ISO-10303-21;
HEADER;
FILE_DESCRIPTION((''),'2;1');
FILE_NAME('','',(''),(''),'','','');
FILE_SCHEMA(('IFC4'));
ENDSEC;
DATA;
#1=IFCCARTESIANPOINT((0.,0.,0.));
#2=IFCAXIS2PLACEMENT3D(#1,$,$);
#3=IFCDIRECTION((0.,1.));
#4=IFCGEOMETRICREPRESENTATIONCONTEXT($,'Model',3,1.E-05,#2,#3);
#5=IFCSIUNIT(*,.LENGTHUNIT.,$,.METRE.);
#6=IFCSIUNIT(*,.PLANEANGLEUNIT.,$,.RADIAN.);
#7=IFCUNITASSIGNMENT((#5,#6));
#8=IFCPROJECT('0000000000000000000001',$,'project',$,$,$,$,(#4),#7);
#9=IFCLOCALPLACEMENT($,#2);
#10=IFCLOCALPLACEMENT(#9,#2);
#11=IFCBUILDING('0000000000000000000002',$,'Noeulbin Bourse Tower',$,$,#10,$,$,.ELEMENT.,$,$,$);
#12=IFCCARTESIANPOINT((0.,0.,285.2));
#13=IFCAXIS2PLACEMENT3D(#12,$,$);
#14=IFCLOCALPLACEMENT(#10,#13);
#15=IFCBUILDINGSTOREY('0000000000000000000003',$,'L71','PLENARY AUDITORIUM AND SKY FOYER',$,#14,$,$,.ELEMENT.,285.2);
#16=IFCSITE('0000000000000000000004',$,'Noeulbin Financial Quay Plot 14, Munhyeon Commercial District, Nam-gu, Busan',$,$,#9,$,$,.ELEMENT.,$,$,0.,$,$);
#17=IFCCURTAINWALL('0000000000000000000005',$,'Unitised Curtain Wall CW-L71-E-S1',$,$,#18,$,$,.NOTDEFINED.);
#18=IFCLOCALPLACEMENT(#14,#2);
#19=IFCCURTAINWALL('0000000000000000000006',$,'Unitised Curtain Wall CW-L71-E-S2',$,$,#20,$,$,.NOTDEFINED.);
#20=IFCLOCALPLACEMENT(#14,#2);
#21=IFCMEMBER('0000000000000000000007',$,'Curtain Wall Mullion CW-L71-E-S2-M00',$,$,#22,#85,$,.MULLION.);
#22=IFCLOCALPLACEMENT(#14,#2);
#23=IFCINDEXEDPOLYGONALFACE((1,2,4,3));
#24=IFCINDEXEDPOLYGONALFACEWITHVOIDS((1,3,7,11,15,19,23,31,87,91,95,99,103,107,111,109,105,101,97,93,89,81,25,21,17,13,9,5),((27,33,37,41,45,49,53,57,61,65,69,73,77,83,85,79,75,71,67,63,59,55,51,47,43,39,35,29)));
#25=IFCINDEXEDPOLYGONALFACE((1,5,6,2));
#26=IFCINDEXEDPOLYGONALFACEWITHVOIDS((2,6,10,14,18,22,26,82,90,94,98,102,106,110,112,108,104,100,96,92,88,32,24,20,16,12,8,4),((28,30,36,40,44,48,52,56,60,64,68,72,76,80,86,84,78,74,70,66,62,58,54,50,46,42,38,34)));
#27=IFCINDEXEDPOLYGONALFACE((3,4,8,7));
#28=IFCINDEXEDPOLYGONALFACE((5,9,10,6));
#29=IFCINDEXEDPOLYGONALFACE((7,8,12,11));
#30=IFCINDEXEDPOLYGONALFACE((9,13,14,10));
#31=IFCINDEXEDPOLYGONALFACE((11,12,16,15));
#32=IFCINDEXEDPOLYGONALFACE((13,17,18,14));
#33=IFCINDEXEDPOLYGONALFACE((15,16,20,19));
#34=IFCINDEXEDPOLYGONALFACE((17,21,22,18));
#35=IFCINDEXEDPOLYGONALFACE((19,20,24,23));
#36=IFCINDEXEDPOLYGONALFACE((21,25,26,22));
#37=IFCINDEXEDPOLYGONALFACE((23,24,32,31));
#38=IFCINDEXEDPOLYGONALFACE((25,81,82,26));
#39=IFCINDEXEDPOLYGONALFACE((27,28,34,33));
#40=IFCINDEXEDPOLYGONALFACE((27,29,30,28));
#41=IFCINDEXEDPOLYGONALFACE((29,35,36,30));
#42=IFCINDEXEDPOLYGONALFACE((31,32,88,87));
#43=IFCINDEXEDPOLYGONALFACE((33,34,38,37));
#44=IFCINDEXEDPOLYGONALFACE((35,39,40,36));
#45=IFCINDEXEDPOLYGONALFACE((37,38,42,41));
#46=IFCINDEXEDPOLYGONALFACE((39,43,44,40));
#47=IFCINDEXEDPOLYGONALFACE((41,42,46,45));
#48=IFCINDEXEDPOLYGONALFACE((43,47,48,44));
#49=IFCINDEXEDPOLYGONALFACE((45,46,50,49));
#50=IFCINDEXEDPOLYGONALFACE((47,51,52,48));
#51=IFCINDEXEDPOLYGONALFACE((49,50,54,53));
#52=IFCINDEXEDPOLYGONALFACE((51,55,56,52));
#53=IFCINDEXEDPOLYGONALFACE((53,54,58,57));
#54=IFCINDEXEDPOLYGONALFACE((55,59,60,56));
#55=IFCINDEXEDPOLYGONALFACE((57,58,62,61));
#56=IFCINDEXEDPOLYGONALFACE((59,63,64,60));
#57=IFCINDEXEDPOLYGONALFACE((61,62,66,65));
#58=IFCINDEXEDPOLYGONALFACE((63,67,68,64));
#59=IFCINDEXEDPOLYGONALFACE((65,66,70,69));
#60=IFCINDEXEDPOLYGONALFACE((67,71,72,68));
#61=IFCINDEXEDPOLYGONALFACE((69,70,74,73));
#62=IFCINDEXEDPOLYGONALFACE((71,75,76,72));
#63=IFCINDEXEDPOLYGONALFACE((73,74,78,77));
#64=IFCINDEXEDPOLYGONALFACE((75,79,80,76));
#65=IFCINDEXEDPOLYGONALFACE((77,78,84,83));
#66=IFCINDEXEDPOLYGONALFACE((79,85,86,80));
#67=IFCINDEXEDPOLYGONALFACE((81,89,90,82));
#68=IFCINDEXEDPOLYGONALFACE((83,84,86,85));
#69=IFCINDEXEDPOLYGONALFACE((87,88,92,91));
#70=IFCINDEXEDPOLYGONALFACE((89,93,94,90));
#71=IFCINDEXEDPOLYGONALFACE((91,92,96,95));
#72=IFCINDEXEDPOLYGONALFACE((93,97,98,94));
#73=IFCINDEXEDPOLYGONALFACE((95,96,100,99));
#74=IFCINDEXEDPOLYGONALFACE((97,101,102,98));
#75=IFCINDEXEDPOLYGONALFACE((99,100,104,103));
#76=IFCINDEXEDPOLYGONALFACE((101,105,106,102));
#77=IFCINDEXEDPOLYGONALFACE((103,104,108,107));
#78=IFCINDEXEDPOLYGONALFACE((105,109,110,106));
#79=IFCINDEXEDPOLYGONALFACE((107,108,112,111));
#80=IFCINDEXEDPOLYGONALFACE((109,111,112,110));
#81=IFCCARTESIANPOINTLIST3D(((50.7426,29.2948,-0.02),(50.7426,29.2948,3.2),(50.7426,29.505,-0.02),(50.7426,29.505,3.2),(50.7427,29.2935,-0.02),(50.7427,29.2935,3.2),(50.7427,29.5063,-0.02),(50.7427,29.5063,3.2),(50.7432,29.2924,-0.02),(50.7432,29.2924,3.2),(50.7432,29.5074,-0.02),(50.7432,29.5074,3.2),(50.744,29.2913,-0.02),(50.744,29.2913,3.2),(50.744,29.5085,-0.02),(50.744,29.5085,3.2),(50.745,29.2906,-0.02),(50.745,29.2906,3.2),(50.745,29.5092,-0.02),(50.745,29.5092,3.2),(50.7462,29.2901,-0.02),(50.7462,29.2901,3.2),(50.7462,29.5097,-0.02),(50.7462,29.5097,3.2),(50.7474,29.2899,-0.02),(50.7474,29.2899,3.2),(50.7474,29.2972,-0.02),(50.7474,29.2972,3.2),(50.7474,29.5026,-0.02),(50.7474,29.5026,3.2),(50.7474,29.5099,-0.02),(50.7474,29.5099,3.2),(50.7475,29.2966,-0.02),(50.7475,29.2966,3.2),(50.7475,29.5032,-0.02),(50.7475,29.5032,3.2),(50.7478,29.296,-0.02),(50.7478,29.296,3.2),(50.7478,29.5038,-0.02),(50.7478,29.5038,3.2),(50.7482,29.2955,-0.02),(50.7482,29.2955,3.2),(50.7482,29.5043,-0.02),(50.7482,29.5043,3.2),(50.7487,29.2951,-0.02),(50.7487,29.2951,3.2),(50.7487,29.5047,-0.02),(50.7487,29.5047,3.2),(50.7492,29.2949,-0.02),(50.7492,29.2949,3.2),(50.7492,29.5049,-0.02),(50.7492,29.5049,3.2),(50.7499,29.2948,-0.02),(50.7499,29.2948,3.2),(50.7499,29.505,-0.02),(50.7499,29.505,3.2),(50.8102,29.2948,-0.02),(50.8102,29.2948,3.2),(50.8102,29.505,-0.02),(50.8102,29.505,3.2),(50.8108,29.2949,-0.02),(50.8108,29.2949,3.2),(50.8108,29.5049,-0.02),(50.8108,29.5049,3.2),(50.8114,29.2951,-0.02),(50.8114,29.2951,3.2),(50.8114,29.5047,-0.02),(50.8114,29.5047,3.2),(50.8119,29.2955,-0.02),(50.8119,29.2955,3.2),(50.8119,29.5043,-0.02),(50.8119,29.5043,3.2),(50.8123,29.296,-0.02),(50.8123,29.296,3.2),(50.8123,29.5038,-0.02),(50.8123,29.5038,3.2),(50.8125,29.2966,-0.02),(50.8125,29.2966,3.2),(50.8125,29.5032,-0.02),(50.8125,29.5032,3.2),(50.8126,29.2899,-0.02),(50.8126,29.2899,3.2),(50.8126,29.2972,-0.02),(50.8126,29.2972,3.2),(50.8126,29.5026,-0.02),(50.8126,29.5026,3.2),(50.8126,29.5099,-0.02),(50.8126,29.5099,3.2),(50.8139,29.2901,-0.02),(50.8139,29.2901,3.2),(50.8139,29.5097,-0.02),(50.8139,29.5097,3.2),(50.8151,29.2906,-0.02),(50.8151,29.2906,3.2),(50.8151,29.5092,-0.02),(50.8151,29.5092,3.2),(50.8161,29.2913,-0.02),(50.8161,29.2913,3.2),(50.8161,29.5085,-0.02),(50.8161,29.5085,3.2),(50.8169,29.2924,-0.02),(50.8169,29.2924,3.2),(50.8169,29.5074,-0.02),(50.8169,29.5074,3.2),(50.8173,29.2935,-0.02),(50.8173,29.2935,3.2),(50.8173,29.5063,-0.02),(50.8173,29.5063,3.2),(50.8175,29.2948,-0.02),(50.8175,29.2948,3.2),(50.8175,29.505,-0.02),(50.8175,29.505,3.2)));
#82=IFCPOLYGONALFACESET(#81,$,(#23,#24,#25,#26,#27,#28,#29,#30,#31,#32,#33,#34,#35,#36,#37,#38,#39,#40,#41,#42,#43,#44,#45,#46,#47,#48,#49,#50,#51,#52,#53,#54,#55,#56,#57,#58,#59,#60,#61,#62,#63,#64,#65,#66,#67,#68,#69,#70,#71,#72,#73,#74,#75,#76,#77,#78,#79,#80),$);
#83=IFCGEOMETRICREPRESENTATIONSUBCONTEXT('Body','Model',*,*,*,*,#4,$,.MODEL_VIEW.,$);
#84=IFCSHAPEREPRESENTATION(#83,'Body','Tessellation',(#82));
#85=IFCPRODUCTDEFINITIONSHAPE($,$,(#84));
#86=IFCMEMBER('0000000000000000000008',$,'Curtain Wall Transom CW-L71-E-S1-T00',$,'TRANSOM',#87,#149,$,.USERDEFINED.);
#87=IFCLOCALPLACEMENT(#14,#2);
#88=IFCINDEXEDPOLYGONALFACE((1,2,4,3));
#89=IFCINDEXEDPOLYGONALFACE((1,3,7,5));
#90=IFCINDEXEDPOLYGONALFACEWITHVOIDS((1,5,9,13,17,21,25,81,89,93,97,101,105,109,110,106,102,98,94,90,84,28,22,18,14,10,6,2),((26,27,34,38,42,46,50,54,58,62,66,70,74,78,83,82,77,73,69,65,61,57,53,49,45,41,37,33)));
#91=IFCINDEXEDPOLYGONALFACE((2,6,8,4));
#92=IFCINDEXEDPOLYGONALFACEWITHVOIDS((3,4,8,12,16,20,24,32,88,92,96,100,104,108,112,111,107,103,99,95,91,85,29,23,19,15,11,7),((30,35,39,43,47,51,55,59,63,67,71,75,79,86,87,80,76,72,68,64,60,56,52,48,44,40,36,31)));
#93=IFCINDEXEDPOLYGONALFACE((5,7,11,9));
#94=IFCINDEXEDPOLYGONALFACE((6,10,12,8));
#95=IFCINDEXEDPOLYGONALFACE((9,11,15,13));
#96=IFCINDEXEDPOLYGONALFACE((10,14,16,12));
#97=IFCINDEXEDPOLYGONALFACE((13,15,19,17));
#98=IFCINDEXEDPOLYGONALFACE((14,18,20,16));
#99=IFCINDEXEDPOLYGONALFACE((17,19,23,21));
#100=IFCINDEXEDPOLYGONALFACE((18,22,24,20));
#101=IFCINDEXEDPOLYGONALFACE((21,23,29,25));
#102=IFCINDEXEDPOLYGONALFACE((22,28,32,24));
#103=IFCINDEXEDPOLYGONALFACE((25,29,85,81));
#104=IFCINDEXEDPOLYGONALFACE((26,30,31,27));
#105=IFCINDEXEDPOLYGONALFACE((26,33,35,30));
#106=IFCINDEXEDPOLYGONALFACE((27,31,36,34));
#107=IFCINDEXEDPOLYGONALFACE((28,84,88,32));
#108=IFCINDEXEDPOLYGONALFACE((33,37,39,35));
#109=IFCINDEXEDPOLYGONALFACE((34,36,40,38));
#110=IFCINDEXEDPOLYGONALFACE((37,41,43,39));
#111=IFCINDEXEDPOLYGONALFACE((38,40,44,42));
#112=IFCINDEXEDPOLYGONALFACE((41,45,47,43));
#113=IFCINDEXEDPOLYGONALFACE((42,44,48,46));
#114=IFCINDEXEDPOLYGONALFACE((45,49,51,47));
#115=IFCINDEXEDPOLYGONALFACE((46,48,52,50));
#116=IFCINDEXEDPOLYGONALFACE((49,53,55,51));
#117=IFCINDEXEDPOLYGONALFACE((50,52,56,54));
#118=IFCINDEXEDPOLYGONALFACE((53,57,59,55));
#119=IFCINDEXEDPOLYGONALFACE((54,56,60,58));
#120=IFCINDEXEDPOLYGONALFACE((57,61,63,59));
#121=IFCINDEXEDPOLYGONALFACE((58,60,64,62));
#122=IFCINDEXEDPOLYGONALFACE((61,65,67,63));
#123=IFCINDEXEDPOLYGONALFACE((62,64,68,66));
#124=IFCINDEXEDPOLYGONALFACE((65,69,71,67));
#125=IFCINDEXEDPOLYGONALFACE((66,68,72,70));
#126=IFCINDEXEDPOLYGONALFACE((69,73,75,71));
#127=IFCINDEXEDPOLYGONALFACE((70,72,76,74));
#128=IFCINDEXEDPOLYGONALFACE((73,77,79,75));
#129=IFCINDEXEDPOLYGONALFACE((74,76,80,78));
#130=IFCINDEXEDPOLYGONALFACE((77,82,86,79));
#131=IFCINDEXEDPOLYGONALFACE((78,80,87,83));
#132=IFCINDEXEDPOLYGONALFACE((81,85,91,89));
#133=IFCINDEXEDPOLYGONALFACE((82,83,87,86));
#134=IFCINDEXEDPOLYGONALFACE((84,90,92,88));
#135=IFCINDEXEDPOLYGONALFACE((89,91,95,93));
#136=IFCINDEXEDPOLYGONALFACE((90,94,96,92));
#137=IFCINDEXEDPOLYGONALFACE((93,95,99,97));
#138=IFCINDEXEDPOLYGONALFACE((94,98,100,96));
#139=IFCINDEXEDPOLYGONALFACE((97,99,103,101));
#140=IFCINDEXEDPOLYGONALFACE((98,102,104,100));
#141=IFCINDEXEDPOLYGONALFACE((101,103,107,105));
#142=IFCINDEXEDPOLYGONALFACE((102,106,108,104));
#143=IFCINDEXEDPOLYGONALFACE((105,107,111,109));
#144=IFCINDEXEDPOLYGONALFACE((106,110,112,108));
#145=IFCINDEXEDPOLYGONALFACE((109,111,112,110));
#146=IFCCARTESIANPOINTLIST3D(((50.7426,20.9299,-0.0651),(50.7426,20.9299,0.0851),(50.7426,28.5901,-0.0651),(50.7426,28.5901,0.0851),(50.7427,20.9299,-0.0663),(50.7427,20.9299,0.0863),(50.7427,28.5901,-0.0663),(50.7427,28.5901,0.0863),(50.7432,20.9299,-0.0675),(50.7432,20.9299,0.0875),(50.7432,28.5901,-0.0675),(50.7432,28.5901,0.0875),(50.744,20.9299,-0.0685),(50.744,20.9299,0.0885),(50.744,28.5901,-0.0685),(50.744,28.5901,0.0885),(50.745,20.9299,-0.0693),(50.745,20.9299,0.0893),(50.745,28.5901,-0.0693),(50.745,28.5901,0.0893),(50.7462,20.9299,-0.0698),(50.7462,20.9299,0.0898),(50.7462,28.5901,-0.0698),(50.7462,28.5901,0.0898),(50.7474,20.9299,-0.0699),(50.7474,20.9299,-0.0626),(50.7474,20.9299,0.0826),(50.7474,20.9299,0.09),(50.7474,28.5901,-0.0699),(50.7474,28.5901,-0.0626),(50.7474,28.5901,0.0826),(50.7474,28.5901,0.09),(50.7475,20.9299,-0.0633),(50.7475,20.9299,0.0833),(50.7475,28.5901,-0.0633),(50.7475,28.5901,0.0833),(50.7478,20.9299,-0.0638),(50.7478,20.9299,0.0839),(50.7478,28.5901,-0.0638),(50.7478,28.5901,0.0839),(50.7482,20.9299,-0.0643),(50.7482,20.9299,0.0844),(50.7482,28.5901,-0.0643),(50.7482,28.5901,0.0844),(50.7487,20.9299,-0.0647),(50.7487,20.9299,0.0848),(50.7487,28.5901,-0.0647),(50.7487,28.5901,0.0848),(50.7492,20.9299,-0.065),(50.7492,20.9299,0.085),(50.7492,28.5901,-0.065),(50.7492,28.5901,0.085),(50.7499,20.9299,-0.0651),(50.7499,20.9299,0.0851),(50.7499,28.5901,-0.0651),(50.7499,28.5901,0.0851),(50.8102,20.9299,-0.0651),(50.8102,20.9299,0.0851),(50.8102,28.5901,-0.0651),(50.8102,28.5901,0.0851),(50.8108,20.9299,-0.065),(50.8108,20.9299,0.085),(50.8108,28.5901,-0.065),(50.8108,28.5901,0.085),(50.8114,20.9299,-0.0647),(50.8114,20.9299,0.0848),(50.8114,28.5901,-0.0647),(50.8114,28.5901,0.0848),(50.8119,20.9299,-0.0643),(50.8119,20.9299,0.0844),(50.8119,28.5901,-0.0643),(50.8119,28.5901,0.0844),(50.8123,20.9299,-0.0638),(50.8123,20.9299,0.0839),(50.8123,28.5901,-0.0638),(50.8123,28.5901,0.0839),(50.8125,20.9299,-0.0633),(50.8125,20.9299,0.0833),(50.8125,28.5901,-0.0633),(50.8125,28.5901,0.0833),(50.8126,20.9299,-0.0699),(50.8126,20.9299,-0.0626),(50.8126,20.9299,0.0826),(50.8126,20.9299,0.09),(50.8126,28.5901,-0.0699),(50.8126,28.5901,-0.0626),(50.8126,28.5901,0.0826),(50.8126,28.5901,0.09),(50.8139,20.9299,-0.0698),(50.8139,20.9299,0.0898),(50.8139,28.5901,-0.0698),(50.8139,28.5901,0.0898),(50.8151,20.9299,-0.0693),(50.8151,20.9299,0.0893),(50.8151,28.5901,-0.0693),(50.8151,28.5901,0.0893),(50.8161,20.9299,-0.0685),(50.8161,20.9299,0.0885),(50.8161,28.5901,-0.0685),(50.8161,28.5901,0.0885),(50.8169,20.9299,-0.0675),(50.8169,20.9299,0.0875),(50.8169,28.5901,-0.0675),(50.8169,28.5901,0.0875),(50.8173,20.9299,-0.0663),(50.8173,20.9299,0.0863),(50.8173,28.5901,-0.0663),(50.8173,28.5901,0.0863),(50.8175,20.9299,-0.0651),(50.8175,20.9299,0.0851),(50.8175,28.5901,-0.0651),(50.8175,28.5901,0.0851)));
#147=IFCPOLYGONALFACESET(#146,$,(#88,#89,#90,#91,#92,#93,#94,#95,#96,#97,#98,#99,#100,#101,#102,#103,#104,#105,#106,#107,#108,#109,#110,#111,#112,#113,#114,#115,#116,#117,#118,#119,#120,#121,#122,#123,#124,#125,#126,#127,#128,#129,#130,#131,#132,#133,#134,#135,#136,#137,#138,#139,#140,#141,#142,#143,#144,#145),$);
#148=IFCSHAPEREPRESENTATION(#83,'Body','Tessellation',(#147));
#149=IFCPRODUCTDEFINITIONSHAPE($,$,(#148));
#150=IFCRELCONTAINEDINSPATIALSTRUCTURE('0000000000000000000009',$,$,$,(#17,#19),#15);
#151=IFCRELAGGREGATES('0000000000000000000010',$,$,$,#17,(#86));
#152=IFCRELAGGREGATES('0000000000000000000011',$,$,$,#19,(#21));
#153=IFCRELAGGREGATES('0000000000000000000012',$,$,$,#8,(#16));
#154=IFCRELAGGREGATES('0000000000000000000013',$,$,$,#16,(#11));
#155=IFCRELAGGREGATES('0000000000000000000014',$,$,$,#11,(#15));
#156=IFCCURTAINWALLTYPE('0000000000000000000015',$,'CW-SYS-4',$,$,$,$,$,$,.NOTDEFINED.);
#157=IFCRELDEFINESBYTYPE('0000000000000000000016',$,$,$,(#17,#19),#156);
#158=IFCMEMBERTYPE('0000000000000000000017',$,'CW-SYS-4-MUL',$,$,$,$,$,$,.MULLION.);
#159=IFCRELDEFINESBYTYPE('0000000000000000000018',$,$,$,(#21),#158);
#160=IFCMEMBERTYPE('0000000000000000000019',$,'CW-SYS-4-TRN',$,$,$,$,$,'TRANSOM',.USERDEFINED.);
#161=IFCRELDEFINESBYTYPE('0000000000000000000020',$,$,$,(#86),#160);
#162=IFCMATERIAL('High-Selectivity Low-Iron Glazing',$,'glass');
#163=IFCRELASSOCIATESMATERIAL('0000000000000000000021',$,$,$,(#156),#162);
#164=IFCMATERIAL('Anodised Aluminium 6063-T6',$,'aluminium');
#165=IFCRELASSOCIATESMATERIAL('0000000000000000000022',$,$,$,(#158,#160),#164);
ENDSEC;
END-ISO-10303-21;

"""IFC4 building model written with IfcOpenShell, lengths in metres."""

from ifc_helpers import new_model, si_unit, direction, frame, origin, origin_2d, place, context, subcontext, project, spatial, hollow_rectangle, extrude, material, material_profile, profile_set, type_object, element, aggregate, save


model = new_model("IFC4")

# Units and contexts
model_context = context("Model", 3, precision=1e-05, world=origin(), true_north=direction((0.0, 1.0)))
body_context = subcontext(model_context, "Body", "Model", "MODEL_VIEW")
ifc_project = project(units=[si_unit("LENGTHUNIT", "METRE"), si_unit("PLANEANGLEUNIT", "RADIAN")], contexts=[model_context])

# Site, building, storey
site_placement = place(None, origin())
site = spatial("IfcSite", under=ifc_project, at=site_placement, Name="Noeulbin Financial Quay Plot 14, Munhyeon Commercial District, Nam-gu, Busan", CompositionType="ELEMENT", RefElevation=0.0)
building_placement = place(site_placement, origin())
building = spatial("IfcBuilding", under=site, at=building_placement, Name="Noeulbin Bourse Tower", CompositionType="ELEMENT")
storey_placement = place(building_placement, frame((0.0, 0.0, 285.2)))
storey = spatial("IfcBuildingStorey", under=building, at=storey_placement, Name="L71", Description="PLENARY AUDITORIUM AND SKY FOYER", CompositionType="ELEMENT", Elevation=285.2)

# Curtain wall
ifc_material_1 = material(Name="High-Selectivity Low-Iron Glazing", Category="glass")
curtain_wall_type = type_object("IfcCurtainWallType", Name="CW-SYS-4", PredefinedType="NOTDEFINED", material=ifc_material_1)
ifc_material_2 = material(Name="Anodised Aluminium 6063-T6", Category="aluminium")
ifc_material_profile_1 = material_profile(ifc_material_2, hollow_rectangle(XDim=0.075, YDim=0.22, WallThickness=0.0049, InnerFilletRadius=0.0024, OuterFilletRadius=0.0049, at=origin_2d()), Name="ALU-MULL-75x220x5", Category="LoadBearing")
ifc_profile_set_1 = profile_set([ifc_material_profile_1], Name="Anodised Aluminium 6063-T6")
member_type_1 = type_object("IfcMemberType", Name="CW-SYS-4-MUL", PredefinedType="MULLION", material=ifc_profile_set_1)
curtain_wall_1_placement = place(storey_placement, origin())
curtain_wall_1 = element("IfcCurtainWall", 1, at=curtain_wall_1_placement, inside=storey, type_object=curtain_wall_type, Name="Unitised Curtain Wall CW-L71-E-S1", PredefinedType="NOTDEFINED")

# Curtain wall, member
curtain_wall_2_placement = place(storey_placement, origin())
curtain_wall_2 = element("IfcCurtainWall", 2, at=curtain_wall_2_placement, inside=storey, type_object=curtain_wall_type, Name="Unitised Curtain Wall CW-L71-E-S2", PredefinedType="NOTDEFINED")
member_1_placement = place(storey_placement, frame((50.78, 29.3999, -0.02), z_axis=(0.0, 0.0, 1.0), x_axis=(1.0, 0.0, 0.0)))
member_1 = element("IfcMember", 3, at=member_1_placement, type_object=member_type_1, Name="Curtain Wall Mullion CW-L71-E-S2-M00", PredefinedType="MULLION", context=body_context, shape_type="SweptSolid", body=[
    extrude(hollow_rectangle(XDim=0.075, YDim=0.22, WallThickness=0.0049, InnerFilletRadius=0.0024, OuterFilletRadius=0.0049, at=origin_2d()), origin(), (0.0, 0.0, 1.0), 3.22),
])

# Member
ifc_material_profile_2 = material_profile(ifc_material_2, hollow_rectangle(XDim=0.075, YDim=0.1599, WallThickness=0.0049, InnerFilletRadius=0.0024, OuterFilletRadius=0.0049, at=origin_2d()), Name="ALU-TRAN-75x160x5", Category="LoadBearing")
ifc_profile_set_2 = profile_set([ifc_material_profile_2], Name="Anodised Aluminium 6063-T6")
member_type_2 = type_object("IfcMemberType", Name="CW-SYS-4-TRN", ElementType="TRANSOM", PredefinedType="USERDEFINED", material=ifc_profile_set_2)
member_2_placement = place(storey_placement, frame((50.78, 20.9299, 0.01), z_axis=(0.0, 1.0, 0.0), x_axis=(-1.0, 0.0, 0.0)))
member_2 = element("IfcMember", 4, at=member_2_placement, type_object=member_type_2, Name="Curtain Wall Transom CW-L71-E-S1-T00", ObjectType="TRANSOM", PredefinedType="USERDEFINED", context=body_context, shape_type="SweptSolid", body=[
    extrude(hollow_rectangle(XDim=0.075, YDim=0.1599, WallThickness=0.0049, InnerFilletRadius=0.0024, OuterFilletRadius=0.0049, at=origin_2d()), origin(), (0.0, 0.0, 1.0), 7.6602),
])

aggregate(curtain_wall_1, [member_2])
aggregate(curtain_wall_2, [member_1])

save(model, "model.ifc")
